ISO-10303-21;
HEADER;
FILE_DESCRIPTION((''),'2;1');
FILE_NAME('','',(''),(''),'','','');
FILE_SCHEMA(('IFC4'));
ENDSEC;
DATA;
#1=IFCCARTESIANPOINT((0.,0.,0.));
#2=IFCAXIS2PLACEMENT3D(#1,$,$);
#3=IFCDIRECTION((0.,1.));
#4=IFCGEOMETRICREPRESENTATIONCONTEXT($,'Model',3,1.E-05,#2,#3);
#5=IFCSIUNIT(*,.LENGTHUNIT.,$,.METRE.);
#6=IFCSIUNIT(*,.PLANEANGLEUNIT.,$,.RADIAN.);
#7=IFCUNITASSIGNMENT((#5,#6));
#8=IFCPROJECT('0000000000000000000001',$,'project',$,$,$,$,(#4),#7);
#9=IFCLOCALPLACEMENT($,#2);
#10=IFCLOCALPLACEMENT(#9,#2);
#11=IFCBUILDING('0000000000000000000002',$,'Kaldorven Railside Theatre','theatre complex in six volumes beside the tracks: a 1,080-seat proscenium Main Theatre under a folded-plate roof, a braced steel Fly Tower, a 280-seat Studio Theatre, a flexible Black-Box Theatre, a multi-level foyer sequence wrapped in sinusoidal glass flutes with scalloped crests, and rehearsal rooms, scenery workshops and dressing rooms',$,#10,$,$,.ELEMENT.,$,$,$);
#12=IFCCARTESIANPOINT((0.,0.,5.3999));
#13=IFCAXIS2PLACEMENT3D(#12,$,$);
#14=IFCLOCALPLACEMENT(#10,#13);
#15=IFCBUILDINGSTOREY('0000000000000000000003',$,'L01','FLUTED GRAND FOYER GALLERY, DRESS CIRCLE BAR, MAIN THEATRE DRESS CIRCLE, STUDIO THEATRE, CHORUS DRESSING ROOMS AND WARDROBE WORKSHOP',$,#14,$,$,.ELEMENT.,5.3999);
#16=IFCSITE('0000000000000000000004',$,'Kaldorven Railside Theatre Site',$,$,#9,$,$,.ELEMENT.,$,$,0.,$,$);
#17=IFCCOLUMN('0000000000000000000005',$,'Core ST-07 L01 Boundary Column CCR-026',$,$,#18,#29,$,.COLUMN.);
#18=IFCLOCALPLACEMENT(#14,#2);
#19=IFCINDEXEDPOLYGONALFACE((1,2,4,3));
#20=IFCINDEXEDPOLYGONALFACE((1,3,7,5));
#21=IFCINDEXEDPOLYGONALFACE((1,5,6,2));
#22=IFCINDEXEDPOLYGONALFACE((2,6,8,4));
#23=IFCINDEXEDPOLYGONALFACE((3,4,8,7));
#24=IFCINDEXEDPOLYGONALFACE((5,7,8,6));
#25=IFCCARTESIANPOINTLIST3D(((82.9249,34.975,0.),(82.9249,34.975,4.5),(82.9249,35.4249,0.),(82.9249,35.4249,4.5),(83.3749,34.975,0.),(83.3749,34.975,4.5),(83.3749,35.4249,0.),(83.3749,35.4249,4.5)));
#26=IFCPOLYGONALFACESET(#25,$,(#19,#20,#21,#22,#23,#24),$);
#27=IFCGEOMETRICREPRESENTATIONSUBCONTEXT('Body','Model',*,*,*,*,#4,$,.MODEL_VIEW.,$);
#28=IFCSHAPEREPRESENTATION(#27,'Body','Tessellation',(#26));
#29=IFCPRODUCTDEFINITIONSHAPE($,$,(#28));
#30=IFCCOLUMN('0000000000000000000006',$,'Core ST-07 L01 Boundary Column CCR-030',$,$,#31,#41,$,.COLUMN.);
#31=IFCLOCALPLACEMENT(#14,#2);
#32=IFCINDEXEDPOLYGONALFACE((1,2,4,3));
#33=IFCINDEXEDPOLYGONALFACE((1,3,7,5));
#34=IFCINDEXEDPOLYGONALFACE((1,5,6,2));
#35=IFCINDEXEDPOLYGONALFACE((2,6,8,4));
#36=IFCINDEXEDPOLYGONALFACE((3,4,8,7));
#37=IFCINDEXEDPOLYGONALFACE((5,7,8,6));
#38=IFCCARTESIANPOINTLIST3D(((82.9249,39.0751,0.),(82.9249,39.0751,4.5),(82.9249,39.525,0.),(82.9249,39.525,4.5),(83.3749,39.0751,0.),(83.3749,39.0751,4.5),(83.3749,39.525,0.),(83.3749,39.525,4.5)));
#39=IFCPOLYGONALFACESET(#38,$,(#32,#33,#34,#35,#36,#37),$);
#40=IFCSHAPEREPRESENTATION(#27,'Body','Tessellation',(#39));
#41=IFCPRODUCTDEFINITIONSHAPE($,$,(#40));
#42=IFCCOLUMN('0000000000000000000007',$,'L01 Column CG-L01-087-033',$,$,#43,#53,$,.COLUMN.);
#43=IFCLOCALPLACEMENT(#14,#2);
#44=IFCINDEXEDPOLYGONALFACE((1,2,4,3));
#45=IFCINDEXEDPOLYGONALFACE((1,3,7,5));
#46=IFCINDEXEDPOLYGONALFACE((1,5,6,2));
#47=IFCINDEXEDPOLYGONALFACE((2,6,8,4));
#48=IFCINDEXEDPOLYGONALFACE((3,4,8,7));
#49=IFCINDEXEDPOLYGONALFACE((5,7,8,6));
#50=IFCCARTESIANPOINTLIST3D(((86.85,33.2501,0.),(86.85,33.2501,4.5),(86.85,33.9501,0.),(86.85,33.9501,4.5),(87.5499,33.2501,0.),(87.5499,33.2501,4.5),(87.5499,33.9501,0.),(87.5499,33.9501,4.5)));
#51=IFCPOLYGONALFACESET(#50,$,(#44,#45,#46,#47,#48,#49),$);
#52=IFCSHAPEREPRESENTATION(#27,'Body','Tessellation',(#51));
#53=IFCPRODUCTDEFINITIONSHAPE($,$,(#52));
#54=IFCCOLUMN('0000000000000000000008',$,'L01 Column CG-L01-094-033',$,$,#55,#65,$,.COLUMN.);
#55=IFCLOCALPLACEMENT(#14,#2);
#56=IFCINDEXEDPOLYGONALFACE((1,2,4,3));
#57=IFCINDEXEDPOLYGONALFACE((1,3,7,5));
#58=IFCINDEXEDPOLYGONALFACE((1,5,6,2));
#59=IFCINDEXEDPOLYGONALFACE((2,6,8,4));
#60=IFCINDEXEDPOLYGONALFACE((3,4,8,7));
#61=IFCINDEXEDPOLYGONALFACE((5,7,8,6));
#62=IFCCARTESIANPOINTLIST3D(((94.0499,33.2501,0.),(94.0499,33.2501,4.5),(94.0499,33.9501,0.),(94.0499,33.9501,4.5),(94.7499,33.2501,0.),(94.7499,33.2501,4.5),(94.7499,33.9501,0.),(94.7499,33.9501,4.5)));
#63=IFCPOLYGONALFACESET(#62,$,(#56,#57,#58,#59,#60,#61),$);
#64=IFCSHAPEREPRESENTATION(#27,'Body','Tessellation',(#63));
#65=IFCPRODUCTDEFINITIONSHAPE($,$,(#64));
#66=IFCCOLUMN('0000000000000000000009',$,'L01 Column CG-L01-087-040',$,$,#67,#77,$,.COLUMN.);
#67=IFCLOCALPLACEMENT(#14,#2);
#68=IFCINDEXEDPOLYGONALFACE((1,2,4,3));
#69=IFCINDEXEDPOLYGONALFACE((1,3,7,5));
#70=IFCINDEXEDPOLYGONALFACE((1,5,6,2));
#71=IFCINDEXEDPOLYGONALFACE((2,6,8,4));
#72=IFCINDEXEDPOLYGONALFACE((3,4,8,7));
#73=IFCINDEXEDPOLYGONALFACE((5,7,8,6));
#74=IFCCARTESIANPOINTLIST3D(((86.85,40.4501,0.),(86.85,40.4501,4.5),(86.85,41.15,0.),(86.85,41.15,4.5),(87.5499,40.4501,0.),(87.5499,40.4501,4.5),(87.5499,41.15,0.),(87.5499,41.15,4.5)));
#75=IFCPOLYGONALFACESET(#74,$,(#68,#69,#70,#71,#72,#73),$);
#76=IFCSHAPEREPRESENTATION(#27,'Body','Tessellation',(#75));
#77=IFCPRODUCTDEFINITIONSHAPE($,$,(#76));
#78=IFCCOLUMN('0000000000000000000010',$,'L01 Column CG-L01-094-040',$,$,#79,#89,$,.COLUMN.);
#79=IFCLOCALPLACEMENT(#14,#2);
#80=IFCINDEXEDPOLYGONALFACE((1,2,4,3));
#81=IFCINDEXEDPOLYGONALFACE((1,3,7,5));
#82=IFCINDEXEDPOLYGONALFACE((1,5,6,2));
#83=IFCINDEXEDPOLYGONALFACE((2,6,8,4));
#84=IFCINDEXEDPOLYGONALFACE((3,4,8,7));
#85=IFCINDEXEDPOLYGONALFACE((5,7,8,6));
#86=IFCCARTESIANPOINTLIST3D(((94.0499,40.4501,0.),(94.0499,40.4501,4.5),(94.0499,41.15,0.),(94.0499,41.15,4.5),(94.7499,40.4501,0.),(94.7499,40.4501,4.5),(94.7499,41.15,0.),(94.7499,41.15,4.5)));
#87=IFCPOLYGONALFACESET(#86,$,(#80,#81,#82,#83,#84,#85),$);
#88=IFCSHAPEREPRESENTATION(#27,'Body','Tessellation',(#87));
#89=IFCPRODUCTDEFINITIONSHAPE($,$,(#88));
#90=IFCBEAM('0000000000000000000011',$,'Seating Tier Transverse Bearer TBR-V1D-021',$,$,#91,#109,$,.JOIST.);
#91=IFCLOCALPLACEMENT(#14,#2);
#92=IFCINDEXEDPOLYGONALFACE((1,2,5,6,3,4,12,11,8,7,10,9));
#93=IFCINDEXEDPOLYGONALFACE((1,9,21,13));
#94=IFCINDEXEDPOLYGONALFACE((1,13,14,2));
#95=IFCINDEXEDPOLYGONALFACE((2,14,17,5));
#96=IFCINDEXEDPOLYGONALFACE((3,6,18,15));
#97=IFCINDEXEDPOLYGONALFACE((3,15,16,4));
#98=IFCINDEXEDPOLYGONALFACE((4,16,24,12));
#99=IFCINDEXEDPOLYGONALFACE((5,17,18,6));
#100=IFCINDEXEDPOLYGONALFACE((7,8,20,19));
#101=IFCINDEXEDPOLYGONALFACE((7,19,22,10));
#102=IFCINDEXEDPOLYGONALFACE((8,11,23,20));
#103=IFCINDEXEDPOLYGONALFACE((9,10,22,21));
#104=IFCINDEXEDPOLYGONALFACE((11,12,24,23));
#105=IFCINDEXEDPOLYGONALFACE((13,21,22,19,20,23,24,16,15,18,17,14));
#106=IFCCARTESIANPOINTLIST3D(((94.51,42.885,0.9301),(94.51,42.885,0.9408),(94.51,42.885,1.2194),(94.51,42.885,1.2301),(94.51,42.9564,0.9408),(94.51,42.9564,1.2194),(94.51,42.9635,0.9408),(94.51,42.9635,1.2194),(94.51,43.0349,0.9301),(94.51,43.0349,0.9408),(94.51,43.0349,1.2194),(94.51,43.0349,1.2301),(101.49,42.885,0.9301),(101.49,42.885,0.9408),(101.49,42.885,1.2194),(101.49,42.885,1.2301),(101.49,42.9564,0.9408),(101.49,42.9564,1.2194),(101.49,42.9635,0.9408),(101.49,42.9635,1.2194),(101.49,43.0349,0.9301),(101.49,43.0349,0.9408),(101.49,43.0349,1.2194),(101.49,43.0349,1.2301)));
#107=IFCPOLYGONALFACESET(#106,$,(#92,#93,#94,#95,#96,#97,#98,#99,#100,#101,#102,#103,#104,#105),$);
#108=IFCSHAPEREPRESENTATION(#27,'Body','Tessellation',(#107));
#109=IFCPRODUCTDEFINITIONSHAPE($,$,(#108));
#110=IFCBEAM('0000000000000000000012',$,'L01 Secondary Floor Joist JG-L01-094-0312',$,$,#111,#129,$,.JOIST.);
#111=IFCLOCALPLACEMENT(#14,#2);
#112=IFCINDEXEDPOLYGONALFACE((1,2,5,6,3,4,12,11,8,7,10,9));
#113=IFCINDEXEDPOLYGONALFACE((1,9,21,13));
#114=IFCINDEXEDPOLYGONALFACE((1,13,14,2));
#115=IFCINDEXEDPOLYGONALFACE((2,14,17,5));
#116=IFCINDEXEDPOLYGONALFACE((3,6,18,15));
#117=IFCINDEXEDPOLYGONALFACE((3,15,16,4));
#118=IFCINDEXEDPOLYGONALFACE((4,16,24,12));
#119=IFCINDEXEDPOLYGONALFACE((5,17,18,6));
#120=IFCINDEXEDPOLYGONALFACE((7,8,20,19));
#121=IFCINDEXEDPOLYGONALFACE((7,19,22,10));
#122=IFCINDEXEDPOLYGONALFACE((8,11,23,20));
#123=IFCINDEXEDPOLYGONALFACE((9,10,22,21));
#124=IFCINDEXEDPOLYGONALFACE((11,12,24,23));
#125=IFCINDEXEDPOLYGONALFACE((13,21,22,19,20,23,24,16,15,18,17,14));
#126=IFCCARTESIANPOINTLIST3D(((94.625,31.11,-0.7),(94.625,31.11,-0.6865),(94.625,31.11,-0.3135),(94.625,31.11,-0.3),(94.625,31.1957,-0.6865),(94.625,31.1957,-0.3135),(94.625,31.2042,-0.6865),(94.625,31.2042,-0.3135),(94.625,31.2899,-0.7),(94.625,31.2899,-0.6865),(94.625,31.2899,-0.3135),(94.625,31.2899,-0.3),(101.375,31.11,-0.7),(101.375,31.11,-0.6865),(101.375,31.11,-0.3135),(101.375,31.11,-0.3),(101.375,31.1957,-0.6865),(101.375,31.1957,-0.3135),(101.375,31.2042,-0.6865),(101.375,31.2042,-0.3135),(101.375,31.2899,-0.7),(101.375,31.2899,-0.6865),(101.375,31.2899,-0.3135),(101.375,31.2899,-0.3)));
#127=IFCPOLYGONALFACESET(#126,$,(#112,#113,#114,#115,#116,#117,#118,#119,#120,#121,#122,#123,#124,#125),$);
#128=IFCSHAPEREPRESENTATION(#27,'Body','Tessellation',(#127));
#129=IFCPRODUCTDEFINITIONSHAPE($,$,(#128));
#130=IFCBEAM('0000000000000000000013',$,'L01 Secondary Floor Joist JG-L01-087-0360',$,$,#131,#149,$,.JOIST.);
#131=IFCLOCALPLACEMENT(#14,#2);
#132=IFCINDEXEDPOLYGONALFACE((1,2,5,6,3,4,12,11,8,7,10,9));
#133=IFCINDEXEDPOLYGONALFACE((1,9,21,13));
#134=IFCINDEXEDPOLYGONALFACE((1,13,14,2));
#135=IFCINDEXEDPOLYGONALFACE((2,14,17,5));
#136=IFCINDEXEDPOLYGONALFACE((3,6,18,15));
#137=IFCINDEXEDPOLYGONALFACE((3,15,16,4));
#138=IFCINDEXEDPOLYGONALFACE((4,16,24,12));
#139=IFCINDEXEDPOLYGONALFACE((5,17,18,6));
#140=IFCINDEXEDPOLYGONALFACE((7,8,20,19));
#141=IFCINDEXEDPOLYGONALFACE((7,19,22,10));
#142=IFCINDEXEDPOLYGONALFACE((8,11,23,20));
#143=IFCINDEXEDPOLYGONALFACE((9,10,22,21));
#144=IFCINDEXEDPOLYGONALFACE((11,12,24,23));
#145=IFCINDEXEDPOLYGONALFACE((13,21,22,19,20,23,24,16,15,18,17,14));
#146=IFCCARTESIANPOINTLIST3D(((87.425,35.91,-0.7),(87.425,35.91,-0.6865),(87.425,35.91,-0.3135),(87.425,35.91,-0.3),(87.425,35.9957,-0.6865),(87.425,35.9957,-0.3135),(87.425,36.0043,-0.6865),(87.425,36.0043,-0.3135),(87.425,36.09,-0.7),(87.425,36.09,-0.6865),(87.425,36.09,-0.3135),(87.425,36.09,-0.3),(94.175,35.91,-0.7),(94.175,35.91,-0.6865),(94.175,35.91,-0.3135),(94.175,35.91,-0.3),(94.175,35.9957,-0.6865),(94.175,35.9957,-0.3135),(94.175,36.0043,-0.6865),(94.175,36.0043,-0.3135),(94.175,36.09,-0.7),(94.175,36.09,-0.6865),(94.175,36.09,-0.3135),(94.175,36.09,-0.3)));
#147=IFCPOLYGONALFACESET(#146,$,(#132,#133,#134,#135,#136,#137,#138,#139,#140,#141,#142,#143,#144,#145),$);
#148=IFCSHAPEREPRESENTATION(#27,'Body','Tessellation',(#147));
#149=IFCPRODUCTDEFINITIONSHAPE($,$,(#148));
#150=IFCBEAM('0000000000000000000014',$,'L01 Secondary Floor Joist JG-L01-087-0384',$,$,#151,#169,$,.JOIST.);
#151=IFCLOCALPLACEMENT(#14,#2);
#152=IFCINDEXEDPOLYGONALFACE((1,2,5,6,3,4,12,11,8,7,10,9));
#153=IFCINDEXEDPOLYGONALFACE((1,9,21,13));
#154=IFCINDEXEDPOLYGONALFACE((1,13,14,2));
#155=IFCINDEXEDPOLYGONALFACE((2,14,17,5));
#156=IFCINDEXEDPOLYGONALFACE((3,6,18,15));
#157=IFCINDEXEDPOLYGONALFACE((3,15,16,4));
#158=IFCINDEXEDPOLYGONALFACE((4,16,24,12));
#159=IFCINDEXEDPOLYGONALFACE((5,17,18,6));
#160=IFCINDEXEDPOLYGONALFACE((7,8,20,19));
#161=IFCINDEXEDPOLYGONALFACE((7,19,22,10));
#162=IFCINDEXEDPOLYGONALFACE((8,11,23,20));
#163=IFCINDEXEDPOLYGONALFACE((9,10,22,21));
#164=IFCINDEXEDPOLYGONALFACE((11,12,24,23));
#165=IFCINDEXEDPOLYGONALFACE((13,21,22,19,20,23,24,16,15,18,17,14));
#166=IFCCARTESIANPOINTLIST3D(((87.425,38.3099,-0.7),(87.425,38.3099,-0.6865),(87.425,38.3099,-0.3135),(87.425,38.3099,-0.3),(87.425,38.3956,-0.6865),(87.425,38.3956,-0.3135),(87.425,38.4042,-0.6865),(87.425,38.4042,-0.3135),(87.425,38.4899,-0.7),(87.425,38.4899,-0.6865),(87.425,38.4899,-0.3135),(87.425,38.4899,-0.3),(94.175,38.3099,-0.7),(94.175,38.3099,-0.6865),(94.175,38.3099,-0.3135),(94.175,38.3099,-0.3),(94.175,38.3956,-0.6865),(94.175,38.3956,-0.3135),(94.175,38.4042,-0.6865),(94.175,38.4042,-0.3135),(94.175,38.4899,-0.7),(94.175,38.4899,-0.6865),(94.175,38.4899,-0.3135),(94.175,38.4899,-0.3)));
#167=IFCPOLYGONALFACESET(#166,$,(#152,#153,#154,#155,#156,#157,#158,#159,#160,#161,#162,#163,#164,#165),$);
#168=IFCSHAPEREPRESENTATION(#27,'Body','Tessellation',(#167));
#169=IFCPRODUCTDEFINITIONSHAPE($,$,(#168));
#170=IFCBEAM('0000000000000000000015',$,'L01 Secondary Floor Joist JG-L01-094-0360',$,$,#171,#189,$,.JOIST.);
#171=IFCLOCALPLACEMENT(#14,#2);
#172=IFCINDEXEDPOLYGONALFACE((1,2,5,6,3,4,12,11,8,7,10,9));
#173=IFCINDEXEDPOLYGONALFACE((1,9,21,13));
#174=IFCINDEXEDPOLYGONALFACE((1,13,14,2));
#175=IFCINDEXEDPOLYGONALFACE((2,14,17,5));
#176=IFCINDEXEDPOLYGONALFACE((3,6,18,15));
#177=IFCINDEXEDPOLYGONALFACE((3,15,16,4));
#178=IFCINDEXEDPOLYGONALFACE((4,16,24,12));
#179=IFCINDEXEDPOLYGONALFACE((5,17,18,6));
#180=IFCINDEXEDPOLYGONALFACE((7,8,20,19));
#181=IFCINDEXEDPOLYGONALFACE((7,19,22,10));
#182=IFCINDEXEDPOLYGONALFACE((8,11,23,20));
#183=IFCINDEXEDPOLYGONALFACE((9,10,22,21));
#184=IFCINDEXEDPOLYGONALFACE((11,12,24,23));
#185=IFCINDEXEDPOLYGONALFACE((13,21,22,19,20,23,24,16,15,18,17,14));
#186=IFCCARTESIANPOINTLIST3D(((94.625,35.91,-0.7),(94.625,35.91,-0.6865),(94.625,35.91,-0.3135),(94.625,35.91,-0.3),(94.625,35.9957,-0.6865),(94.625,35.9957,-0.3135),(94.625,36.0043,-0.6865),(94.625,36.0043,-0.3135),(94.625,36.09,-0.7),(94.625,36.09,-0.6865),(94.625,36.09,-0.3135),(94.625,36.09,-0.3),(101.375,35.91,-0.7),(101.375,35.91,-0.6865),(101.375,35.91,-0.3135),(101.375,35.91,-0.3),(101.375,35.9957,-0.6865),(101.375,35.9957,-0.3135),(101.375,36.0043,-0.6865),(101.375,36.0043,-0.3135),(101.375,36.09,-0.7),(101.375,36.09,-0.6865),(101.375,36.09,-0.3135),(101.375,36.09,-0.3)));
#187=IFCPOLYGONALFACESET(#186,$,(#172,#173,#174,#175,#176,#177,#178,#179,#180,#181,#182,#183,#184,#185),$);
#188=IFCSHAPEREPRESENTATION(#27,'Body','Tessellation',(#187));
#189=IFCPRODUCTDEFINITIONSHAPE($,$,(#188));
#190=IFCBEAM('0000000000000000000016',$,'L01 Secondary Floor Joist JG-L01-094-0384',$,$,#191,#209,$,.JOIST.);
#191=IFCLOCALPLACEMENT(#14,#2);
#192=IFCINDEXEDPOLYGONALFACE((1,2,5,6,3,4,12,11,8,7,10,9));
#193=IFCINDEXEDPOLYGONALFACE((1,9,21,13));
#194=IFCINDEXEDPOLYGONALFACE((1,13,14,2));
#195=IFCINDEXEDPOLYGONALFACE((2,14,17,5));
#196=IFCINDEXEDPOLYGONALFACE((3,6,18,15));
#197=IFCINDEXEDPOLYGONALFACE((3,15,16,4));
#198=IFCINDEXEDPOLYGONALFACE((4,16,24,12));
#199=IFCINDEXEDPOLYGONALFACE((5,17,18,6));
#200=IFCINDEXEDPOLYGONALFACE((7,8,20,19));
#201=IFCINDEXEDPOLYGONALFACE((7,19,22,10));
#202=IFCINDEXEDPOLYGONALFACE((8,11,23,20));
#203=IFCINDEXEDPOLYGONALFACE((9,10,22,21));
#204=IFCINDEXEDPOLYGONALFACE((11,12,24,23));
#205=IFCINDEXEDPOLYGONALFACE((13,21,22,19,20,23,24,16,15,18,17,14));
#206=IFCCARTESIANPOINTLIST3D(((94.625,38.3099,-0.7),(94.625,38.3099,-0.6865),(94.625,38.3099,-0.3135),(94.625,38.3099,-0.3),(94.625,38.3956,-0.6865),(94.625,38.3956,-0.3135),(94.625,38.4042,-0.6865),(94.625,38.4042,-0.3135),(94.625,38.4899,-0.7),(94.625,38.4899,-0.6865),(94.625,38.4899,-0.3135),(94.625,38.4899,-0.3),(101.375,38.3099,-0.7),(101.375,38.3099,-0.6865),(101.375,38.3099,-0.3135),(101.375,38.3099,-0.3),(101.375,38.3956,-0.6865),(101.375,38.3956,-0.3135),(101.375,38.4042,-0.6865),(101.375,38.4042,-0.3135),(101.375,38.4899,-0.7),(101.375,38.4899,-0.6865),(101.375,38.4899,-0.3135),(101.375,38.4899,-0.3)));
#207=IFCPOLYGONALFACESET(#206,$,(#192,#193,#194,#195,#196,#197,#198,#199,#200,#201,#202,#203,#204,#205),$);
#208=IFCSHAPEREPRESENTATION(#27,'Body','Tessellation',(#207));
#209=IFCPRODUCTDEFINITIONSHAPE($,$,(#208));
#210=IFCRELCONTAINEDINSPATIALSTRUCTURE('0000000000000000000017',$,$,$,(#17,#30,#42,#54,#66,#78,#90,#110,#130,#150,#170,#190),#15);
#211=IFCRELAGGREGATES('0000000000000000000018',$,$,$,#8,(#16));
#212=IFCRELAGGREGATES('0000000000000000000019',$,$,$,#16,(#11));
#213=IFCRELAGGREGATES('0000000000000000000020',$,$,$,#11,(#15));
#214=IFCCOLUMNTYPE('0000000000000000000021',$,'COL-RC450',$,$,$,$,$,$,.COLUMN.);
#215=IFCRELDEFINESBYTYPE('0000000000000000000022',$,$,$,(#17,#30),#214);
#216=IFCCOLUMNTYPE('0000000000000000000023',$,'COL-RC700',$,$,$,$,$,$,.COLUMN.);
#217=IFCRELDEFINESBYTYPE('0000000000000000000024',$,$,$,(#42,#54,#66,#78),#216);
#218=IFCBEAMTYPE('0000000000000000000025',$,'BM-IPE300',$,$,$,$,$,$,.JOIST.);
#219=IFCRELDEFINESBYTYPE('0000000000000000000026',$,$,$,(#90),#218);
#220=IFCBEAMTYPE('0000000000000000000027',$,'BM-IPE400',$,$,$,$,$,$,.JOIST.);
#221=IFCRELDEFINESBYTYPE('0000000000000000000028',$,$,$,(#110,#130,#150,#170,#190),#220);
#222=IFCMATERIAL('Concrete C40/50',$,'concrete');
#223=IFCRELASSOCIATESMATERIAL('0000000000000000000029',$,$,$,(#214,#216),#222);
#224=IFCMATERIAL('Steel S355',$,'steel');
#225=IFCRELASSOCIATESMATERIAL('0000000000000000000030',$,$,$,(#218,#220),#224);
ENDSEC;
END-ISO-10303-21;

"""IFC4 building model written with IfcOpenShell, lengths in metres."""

from ifc_helpers import new_model, si_unit, direction, frame, origin, origin_2d, place, context, subcontext, project, spatial, rectangle, i_section, extrude, material, material_profile, profile_set, type_object, element, save


model = new_model("IFC4")

# Units and contexts
model_context = context("Model", 3, precision=1e-05, world=origin(), true_north=direction((0.0, 1.0)))
body_context = subcontext(model_context, "Body", "Model", "MODEL_VIEW")
ifc_project = project(units=[si_unit("LENGTHUNIT", "METRE"), si_unit("PLANEANGLEUNIT", "RADIAN")], contexts=[model_context])

# Site, building, storey
site_placement = place(None, origin())
site = spatial("IfcSite", under=ifc_project, at=site_placement, Name="Kaldorven Railside Theatre Site", CompositionType="ELEMENT", RefElevation=0.0)
building_placement = place(site_placement, origin())
building = spatial("IfcBuilding", under=site, at=building_placement, Name="Kaldorven Railside Theatre", Description="theatre complex in six volumes beside the tracks: a 1,080-seat proscenium Main Theatre under a folded-plate roof, a braced steel Fly Tower, a 280-seat Studio Theatre, a flexible Black-Box Theatre, a multi-level foyer sequence wrapped in sinusoidal glass flutes with scalloped crests, and rehearsal rooms, scenery workshops and dressing rooms", CompositionType="ELEMENT")
storey_placement = place(building_placement, frame((0.0, 0.0, 5.3999)))
storey = spatial("IfcBuildingStorey", under=building, at=storey_placement, Name="L01", Description="FLUTED GRAND FOYER GALLERY, DRESS CIRCLE BAR, MAIN THEATRE DRESS CIRCLE, STUDIO THEATRE, CHORUS DRESSING ROOMS AND WARDROBE WORKSHOP", CompositionType="ELEMENT", Elevation=5.3999)

# Columns
ifc_material_1 = material(Name="Concrete C40/50", Category="concrete")
ifc_material_profile_1 = material_profile(ifc_material_1, rectangle(XDim=0.45, YDim=0.45, at=origin_2d()), Name="RC 450x450")
ifc_profile_set_1 = profile_set([ifc_material_profile_1], Name="Concrete C40/50")
column_type_1 = type_object("IfcColumnType", Name="COL-RC450", PredefinedType="COLUMN", material=ifc_profile_set_1)
for number, where, z_axis, x_axis, name in (
    (1, (83.1499, 35.2, 0.0), (0.0, 0.0, 1.0), (1.0, 0.0, 0.0), "Core ST-07 L01 Boundary Column CCR-026"),
    (2, (83.1499, 39.3, 0.0), (0.0, 0.0, 1.0), (1.0, 0.0, 0.0), "Core ST-07 L01 Boundary Column CCR-030"),
):
    element("IfcColumn", number, at=place(storey_placement, frame(where, z_axis=z_axis, x_axis=x_axis)), inside=storey, type_object=column_type_1, Name=name, PredefinedType="COLUMN", context=body_context, shape_type="SweptSolid", body=[
        extrude(rectangle(XDim=0.45, YDim=0.45, at=origin_2d()), origin(), (0.0, 0.0, 1.0), 4.5),
    ])
ifc_material_profile_2 = material_profile(ifc_material_1, rectangle(XDim=0.7, YDim=0.7, at=origin_2d()), Name="RC 700x700")
ifc_profile_set_2 = profile_set([ifc_material_profile_2], Name="Concrete C40/50")
column_type_2 = type_object("IfcColumnType", Name="COL-RC700", PredefinedType="COLUMN", material=ifc_profile_set_2)
for number, where, z_axis, x_axis, name in (
    (3, (87.2, 33.6001, 0.0), (0.0, 0.0, 1.0), (1.0, 0.0, 0.0), "L01 Column CG-L01-087-033"),
    (4, (94.3999, 33.6001, 0.0), (0.0, 0.0, 1.0), (1.0, 0.0, 0.0), "L01 Column CG-L01-094-033"),
    (5, (87.2, 40.8, 0.0), (0.0, 0.0, 1.0), (1.0, 0.0, 0.0), "L01 Column CG-L01-087-040"),
    (6, (94.3999, 40.8, 0.0), (0.0, 0.0, 1.0), (0.0, 1.0, 0.0), "L01 Column CG-L01-094-040"),
):
    element("IfcColumn", number, at=place(storey_placement, frame(where, z_axis=z_axis, x_axis=x_axis)), inside=storey, type_object=column_type_2, Name=name, PredefinedType="COLUMN", context=body_context, shape_type="SweptSolid", body=[
        extrude(rectangle(XDim=0.7, YDim=0.7, at=origin_2d()), origin(), (0.0, 0.0, 1.0), 4.5),
    ])

# Beams
ifc_material_2 = material(Name="Steel S355", Category="steel")
ifc_material_profile_3 = material_profile(ifc_material_2, i_section(OverallWidth=0.1499, OverallDepth=0.3, WebThickness=0.0071, FlangeThickness=0.0107, at=origin_2d()), Name="IPE 300")
ifc_profile_set_3 = profile_set([ifc_material_profile_3], Name="Steel S355")
beam_type_1 = type_object("IfcBeamType", Name="BM-IPE300", PredefinedType="JOIST", material=ifc_profile_set_3)
beam_1_placement = place(storey_placement, frame((94.51, 42.96, 1.0801), z_axis=(1.0, 0.0, 0.0), x_axis=(0.0, 1.0, 0.0)))
element("IfcBeam", 7, at=beam_1_placement, inside=storey, type_object=beam_type_1, Name="Seating Tier Transverse Bearer TBR-V1D-021", PredefinedType="JOIST", context=body_context, shape_type="SweptSolid", body=[
    extrude(i_section(OverallWidth=0.1499, OverallDepth=0.3, WebThickness=0.0071, FlangeThickness=0.0107, at=origin_2d()), origin(), (0.0, 0.0, 1.0), 6.98),
])
ifc_material_profile_4 = material_profile(ifc_material_2, i_section(OverallWidth=0.1799, OverallDepth=0.3999, WebThickness=0.0085, FlangeThickness=0.0134, at=origin_2d()), Name="IPE 400")
ifc_profile_set_4 = profile_set([ifc_material_profile_4], Name="Steel S355")
beam_type_2 = type_object("IfcBeamType", Name="BM-IPE400", PredefinedType="JOIST", material=ifc_profile_set_4)
for number, where, z_axis, x_axis, name in (
    (8, (94.625, 31.2, -0.5), (1.0, 0.0, 0.0), (0.0, 1.0, 0.0), "L01 Secondary Floor Joist JG-L01-094-0312"),
    (9, (87.425, 36.0, -0.5), (1.0, 0.0, 0.0), (0.0, 1.0, 0.0), "L01 Secondary Floor Joist JG-L01-087-0360"),
    (10, (87.425, 38.3999, -0.5), (1.0, 0.0, 0.0), (0.0, 1.0, 0.0), "L01 Secondary Floor Joist JG-L01-087-0384"),
    (11, (94.625, 36.0, -0.5), (1.0, 0.0, 0.0), (0.0, 1.0, 0.0), "L01 Secondary Floor Joist JG-L01-094-0360"),
    (12, (94.625, 38.3999, -0.5), (1.0, 0.0, 0.0), (0.0, 1.0, 0.0), "L01 Secondary Floor Joist JG-L01-094-0384"),
):
    element("IfcBeam", number, at=place(storey_placement, frame(where, z_axis=z_axis, x_axis=x_axis)), inside=storey, type_object=beam_type_2, Name=name, PredefinedType="JOIST", context=body_context, shape_type="SweptSolid", body=[
        extrude(i_section(OverallWidth=0.1799, OverallDepth=0.3999, WebThickness=0.0085, FlangeThickness=0.0134, at=origin_2d()), origin(), (0.0, 0.0, 1.0), 6.75),
    ])

save(model, "model.ifc")
